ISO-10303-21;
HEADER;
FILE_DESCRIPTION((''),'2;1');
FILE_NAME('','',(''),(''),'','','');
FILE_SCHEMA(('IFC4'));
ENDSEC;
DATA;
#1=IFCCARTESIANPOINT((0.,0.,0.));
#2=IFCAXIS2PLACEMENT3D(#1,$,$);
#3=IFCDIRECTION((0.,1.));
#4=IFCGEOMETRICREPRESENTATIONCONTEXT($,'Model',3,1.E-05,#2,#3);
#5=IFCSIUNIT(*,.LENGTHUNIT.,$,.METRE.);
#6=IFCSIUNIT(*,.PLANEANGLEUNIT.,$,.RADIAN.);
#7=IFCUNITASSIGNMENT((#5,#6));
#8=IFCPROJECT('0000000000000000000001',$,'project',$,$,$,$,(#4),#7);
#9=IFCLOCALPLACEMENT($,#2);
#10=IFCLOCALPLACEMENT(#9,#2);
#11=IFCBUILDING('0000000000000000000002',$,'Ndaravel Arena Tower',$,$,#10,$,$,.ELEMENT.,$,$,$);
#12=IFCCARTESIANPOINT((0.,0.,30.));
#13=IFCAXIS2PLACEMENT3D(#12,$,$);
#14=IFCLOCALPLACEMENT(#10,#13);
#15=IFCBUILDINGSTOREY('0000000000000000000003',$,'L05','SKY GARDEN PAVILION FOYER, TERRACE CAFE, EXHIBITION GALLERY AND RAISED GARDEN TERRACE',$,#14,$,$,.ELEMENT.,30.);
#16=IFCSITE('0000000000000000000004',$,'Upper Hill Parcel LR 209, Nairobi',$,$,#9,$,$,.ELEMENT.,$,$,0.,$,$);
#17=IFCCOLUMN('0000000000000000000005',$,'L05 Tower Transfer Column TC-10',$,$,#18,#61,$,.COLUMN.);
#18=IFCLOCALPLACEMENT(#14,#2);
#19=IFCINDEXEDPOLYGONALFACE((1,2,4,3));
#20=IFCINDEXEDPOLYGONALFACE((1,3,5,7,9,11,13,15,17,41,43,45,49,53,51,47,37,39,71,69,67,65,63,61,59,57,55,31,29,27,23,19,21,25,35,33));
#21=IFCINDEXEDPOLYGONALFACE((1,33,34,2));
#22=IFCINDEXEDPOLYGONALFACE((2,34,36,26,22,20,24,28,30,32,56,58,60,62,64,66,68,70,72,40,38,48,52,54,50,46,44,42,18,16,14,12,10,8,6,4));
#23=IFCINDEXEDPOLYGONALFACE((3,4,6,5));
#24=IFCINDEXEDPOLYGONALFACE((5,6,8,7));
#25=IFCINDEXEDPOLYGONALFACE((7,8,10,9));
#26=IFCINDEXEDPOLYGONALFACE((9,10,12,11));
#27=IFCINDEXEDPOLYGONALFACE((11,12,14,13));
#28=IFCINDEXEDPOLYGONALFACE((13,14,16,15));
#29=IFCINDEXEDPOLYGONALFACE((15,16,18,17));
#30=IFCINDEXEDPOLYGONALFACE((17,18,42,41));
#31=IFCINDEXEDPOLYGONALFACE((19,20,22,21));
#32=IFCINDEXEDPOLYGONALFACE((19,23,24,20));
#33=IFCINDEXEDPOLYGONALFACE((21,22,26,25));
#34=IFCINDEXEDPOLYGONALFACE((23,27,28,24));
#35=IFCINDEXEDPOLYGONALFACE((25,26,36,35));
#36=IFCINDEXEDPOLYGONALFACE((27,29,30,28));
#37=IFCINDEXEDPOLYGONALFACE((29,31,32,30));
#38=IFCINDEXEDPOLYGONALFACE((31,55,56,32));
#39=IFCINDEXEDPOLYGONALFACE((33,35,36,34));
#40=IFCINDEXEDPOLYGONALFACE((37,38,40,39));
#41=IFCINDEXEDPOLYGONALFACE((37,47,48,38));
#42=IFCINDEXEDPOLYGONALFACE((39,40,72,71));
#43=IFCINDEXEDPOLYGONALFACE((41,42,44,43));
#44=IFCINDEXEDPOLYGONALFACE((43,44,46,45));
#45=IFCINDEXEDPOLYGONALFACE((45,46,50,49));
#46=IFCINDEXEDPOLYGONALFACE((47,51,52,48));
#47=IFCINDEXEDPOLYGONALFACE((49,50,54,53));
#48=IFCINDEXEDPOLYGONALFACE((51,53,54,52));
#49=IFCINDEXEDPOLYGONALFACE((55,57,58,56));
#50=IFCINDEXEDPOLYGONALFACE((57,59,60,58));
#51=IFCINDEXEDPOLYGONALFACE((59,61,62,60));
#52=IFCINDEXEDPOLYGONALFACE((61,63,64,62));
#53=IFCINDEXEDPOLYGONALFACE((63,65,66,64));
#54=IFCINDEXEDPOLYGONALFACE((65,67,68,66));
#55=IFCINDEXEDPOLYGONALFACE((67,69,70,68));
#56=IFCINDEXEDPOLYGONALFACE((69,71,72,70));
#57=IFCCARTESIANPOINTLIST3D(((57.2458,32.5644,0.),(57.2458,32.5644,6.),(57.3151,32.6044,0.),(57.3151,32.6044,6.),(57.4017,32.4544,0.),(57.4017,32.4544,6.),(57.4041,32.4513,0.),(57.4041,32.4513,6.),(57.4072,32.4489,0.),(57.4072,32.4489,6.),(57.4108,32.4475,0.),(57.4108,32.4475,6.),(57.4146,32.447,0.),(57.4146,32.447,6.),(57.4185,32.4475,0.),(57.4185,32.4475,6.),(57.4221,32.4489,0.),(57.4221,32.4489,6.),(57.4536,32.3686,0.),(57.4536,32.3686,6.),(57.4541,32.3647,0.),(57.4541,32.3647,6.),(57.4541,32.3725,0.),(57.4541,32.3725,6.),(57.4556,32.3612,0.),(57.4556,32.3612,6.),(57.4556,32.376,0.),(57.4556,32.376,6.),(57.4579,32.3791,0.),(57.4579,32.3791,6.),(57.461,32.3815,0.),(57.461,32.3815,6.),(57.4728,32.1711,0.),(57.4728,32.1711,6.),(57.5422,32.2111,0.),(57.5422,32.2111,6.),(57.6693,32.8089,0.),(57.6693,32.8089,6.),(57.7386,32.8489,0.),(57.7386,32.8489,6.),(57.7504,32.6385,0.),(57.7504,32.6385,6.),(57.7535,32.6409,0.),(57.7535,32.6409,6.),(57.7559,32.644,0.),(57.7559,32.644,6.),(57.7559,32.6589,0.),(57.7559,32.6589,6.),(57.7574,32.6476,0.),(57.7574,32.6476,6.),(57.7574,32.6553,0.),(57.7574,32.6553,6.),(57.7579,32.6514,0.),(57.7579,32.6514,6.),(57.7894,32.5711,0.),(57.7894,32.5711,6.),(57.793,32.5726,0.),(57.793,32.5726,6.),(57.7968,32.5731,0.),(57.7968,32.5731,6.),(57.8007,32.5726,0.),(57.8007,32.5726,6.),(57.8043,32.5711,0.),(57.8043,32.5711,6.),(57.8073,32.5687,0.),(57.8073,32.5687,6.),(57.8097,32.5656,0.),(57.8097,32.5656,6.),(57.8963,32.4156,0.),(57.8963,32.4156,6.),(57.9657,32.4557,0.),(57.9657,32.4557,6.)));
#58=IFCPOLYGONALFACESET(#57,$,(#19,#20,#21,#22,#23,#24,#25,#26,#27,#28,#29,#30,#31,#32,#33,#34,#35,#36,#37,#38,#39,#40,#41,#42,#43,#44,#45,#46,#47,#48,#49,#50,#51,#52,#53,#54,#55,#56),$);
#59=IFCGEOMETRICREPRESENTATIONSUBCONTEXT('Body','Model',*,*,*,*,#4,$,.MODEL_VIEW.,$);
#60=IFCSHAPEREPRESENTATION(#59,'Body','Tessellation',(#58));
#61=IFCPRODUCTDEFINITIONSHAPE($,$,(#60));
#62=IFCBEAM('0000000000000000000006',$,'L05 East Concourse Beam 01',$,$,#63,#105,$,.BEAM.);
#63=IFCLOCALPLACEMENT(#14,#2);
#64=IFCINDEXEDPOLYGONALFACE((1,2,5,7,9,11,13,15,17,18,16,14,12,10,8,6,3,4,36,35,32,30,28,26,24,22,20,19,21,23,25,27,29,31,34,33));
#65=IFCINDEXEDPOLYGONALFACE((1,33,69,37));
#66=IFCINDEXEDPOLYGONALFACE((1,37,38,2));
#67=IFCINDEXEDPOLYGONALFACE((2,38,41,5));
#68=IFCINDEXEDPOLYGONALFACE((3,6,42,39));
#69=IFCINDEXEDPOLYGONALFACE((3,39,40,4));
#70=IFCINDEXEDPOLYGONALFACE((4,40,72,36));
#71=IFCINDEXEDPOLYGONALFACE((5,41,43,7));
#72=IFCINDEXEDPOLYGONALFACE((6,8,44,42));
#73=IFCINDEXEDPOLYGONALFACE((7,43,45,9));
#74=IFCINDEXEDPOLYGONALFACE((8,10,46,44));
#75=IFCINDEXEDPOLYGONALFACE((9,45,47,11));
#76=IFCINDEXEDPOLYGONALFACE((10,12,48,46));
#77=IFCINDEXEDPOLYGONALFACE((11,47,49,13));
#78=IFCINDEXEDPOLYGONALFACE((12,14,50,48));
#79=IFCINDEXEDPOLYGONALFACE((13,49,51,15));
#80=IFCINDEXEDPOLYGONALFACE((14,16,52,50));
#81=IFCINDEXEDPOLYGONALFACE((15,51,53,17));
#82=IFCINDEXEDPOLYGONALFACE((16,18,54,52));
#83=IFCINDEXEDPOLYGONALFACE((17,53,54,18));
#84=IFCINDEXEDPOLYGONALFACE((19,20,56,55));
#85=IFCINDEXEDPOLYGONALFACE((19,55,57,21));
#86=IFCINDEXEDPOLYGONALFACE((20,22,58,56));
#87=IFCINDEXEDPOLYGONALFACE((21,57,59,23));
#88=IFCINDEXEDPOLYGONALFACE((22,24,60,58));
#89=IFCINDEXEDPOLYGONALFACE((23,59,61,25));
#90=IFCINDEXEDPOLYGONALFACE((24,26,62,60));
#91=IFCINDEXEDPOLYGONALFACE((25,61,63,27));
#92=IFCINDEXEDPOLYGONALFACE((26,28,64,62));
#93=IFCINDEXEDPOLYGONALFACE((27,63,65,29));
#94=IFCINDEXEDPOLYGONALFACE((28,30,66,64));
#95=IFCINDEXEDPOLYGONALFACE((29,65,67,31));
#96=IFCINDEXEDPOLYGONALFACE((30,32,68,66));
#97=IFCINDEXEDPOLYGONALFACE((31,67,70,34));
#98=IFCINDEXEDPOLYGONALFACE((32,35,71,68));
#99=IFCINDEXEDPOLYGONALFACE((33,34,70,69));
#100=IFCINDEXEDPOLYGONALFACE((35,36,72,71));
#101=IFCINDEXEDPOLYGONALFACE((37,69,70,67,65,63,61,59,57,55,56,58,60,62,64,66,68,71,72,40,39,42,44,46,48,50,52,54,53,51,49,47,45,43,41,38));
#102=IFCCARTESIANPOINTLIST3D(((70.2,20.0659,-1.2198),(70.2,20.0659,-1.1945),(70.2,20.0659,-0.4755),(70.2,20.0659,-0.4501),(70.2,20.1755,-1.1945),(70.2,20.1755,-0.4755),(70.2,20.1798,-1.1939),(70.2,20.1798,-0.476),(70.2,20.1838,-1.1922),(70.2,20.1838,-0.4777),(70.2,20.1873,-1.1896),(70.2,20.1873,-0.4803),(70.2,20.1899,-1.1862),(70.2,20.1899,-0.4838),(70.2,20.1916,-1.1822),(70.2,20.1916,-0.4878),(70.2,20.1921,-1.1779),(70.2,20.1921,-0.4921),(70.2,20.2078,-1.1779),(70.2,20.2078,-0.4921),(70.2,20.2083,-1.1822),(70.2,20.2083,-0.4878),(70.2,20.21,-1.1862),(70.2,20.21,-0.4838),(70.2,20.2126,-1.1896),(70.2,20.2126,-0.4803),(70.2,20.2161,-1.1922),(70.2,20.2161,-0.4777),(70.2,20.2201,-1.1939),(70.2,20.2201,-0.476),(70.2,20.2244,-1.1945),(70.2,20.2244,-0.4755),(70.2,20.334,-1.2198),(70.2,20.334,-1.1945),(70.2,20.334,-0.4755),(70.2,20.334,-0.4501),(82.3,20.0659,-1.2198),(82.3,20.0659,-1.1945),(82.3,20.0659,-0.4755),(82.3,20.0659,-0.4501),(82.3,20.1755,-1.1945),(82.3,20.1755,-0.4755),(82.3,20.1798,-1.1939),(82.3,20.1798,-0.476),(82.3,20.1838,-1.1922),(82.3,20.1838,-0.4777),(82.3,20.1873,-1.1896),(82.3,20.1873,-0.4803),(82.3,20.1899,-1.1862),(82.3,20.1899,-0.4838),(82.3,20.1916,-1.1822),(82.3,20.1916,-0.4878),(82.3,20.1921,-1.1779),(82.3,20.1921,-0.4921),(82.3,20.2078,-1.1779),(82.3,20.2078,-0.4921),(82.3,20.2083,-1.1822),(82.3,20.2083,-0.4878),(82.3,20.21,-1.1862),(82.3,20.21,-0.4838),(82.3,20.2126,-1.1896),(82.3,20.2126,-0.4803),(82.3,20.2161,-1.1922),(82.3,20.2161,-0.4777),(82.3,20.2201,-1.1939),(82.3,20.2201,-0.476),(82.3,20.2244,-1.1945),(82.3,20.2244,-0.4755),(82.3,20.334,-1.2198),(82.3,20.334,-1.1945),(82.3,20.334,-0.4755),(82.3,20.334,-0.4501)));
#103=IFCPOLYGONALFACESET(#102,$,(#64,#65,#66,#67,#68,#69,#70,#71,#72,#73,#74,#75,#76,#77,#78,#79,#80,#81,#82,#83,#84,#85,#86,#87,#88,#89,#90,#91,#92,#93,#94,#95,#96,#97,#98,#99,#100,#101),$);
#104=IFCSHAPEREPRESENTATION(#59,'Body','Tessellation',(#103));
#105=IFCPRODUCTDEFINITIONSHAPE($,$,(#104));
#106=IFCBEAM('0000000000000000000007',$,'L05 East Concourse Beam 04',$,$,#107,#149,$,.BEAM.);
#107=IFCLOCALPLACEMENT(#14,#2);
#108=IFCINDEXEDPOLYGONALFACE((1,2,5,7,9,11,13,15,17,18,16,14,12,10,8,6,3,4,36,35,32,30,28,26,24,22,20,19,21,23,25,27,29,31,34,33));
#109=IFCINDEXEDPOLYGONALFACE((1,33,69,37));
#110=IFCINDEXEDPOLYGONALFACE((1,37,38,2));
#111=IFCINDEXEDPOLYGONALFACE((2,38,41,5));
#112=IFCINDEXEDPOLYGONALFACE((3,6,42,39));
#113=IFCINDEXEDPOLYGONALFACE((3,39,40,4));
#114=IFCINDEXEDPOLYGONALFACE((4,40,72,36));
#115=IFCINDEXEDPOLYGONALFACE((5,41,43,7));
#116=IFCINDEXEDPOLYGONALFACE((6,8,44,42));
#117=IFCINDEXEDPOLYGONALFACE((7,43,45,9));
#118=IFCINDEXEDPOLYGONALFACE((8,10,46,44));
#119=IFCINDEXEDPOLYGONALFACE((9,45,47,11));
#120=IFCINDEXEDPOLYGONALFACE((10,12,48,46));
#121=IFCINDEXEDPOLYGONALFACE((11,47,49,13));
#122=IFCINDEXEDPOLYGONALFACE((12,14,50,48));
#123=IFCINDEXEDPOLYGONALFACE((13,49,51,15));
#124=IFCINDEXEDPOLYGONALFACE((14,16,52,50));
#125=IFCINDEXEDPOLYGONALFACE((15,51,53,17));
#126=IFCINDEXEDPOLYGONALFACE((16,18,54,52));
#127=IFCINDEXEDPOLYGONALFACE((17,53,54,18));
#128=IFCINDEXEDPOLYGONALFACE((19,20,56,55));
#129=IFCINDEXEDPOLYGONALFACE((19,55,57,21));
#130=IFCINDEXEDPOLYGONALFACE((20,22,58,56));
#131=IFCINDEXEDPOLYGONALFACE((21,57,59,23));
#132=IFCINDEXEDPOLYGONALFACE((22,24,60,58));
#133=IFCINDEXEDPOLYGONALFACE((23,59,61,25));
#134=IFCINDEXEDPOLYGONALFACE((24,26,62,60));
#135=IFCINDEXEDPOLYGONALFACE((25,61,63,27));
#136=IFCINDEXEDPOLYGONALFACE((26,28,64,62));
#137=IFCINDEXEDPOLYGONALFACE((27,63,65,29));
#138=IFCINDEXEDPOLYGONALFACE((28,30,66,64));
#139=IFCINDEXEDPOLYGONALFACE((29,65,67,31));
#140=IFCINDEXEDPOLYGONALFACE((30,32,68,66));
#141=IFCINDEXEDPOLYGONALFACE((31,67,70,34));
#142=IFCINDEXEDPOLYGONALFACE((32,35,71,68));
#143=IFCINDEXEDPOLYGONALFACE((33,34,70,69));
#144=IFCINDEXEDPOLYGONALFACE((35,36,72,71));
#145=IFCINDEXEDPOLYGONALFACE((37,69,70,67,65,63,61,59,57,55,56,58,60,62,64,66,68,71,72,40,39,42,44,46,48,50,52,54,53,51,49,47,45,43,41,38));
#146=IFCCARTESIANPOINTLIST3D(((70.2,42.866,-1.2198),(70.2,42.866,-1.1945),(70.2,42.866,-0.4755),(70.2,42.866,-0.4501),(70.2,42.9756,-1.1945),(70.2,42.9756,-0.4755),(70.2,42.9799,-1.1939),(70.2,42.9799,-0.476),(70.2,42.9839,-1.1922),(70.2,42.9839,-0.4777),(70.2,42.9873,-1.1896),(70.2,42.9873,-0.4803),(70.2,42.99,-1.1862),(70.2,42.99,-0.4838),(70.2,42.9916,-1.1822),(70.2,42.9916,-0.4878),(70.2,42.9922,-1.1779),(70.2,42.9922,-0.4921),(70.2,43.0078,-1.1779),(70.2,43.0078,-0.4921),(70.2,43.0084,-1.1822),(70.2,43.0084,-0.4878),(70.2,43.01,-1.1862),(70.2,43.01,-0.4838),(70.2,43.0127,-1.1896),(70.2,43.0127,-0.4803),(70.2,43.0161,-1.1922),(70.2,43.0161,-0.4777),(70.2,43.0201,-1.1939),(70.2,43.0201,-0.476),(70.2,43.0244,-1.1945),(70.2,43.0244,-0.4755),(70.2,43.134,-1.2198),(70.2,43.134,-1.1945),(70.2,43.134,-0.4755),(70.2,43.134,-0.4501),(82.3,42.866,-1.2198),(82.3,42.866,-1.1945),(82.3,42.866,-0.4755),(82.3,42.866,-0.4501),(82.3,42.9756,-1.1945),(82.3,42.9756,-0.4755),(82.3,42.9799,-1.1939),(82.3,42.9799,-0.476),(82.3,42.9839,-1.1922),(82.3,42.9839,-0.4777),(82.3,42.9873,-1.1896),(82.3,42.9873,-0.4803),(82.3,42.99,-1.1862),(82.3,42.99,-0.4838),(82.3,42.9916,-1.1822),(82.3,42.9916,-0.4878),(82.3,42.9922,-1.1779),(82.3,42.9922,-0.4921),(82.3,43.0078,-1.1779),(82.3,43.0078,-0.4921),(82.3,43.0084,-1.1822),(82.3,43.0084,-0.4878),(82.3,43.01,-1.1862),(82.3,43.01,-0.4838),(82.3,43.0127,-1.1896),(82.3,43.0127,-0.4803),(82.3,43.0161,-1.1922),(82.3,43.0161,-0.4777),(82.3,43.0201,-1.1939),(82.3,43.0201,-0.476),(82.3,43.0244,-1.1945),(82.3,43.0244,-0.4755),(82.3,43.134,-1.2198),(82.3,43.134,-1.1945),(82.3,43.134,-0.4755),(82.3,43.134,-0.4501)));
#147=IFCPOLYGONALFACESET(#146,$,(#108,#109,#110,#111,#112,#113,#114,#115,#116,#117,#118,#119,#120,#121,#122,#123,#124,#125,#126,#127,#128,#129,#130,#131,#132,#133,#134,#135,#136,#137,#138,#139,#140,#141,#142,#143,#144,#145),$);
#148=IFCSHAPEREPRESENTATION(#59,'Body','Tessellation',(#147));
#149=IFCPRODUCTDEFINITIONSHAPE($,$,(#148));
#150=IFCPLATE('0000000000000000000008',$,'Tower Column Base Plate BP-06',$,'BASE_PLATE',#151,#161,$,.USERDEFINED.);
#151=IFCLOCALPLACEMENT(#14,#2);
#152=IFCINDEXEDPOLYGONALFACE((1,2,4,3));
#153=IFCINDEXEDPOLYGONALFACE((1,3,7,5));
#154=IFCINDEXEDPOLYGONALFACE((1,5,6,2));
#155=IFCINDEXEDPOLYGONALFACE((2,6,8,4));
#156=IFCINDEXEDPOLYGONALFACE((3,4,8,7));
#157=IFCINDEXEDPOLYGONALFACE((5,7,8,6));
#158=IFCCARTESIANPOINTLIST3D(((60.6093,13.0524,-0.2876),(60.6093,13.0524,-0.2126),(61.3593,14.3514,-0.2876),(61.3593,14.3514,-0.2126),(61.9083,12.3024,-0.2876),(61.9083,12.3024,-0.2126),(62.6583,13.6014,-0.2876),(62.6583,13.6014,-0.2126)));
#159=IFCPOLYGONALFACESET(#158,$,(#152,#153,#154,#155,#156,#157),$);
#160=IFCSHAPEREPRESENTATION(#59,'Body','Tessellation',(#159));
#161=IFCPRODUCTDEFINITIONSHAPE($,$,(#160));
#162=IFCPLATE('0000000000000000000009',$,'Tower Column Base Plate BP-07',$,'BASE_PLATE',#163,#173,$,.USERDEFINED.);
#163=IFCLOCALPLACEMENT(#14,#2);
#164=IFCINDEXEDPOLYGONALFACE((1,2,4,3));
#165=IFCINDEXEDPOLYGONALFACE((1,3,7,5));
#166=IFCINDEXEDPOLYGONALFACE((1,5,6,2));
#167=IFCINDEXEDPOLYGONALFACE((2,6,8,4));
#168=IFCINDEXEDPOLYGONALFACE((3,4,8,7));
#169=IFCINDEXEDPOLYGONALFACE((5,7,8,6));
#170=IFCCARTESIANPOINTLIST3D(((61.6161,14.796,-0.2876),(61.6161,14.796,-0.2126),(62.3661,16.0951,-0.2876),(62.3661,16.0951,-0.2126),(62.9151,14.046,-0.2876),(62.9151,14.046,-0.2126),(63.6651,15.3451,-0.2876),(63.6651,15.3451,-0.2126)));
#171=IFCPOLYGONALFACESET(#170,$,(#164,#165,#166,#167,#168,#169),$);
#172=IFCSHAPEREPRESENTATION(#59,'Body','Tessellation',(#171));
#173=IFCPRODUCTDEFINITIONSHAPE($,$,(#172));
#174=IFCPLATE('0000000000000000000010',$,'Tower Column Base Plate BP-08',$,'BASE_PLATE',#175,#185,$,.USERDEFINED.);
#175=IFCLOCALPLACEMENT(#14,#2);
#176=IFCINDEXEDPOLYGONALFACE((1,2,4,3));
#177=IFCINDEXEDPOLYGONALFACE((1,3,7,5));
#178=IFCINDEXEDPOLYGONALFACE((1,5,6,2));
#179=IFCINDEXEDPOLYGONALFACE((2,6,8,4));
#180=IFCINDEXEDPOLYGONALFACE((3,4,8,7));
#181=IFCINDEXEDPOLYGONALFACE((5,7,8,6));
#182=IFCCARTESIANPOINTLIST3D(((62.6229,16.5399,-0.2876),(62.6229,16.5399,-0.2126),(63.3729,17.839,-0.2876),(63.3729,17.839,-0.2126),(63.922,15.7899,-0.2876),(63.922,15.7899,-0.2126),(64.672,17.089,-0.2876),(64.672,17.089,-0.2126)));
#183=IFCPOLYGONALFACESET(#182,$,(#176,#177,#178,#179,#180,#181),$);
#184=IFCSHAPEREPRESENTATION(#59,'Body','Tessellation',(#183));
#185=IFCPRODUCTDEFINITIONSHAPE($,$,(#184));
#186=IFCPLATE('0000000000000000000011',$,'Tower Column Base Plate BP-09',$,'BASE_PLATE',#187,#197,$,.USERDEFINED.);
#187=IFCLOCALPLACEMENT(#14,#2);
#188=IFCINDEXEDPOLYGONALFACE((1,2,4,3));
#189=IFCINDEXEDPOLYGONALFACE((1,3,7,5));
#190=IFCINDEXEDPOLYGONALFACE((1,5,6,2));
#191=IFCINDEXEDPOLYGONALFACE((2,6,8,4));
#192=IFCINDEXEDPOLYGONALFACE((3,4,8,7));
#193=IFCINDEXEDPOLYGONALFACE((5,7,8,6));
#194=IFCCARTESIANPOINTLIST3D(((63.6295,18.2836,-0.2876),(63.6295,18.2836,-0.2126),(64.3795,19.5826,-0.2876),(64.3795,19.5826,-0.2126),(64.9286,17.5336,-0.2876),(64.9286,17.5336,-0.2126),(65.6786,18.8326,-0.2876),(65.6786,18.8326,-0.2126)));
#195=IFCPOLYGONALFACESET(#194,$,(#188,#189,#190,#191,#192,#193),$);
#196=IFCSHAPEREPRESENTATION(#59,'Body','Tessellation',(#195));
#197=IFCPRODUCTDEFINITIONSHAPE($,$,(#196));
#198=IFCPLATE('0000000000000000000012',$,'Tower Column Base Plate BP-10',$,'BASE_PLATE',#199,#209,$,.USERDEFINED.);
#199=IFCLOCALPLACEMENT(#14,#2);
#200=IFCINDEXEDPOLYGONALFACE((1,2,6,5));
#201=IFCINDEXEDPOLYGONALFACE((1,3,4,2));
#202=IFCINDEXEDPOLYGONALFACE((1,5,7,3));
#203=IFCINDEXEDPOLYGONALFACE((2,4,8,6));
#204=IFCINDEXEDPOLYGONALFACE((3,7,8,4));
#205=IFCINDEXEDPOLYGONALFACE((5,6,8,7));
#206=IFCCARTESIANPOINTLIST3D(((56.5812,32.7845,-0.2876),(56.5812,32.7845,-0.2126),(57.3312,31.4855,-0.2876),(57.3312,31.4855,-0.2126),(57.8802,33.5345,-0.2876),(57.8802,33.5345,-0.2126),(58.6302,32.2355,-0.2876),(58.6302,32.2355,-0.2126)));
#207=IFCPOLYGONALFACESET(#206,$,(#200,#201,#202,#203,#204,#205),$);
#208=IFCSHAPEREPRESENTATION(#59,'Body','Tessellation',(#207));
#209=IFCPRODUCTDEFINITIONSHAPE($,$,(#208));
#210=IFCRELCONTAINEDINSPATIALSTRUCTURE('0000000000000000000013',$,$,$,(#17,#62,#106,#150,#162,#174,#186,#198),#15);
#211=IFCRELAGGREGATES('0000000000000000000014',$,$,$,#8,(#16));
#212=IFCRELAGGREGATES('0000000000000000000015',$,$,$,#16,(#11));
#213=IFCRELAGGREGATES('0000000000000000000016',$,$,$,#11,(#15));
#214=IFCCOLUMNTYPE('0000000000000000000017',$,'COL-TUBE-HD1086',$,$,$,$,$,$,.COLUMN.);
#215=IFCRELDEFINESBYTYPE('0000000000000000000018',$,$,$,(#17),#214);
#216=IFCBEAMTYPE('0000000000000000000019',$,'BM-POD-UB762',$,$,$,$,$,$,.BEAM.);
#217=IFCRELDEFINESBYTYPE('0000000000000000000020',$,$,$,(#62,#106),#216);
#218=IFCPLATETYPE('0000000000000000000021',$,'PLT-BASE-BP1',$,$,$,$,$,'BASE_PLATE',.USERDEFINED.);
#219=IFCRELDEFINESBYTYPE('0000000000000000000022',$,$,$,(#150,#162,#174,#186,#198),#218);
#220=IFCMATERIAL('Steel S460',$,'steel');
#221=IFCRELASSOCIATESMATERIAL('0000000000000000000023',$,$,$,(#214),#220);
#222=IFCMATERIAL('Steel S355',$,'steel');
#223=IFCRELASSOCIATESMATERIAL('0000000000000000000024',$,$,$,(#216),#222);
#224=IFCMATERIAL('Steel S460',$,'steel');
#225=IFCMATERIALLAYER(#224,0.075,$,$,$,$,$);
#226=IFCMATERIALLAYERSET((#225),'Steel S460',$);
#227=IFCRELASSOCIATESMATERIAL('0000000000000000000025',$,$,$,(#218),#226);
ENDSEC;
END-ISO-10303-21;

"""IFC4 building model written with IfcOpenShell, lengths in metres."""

from ifc_helpers import new_model, si_unit, direction, frame, origin, origin_2d, place, context, subcontext, project, spatial, rectangle, i_section, extrude, material, layer, layer_set, material_profile, profile_set, type_object, element, save


model = new_model("IFC4")

# Units and contexts
model_context = context("Model", 3, precision=1e-05, world=origin(), true_north=direction((0.0, 1.0)))
body_context = subcontext(model_context, "Body", "Model", "MODEL_VIEW")
ifc_project = project(units=[si_unit("LENGTHUNIT", "METRE"), si_unit("PLANEANGLEUNIT", "RADIAN")], contexts=[model_context])

# Site, building, storey
site_placement = place(None, origin())
site = spatial("IfcSite", under=ifc_project, at=site_placement, Name="Upper Hill Parcel LR 209, Nairobi", CompositionType="ELEMENT", RefElevation=0.0)
building_placement = place(site_placement, origin())
building = spatial("IfcBuilding", under=site, at=building_placement, Name="Ndaravel Arena Tower", CompositionType="ELEMENT")
storey_placement = place(building_placement, frame((0.0, 0.0, 30.0)))
storey = spatial("IfcBuildingStorey", under=building, at=storey_placement, Name="L05", Description="SKY GARDEN PAVILION FOYER, TERRACE CAFE, EXHIBITION GALLERY AND RAISED GARDEN TERRACE", CompositionType="ELEMENT", Elevation=30.0)

# Column
ifc_material_1 = material(Name="Steel S460", Category="steel")
ifc_material_profile_1 = material_profile(ifc_material_1, i_section(OverallWidth=0.4541, OverallDepth=0.5691, WebThickness=0.0779, FlangeThickness=0.0801, FilletRadius=0.0149, at=origin_2d()), Name="HD 400x1086")
ifc_profile_set_1 = profile_set([ifc_material_profile_1], Name="Steel S460")
column_type = type_object("IfcColumnType", Name="COL-TUBE-HD1086", PredefinedType="COLUMN", material=ifc_profile_set_1)
for number, where, z_axis, x_axis, name in (
    (1, (57.6057, 32.51, 0.0), (0.0, 0.0, 1.0), (-0.5, 0.866025, 0.0), "L05 Tower Transfer Column TC-10"),
):
    element("IfcColumn", number, at=place(storey_placement, frame(where, z_axis=z_axis, x_axis=x_axis)), inside=storey, type_object=column_type, Name=name, PredefinedType="COLUMN", context=body_context, shape_type="SweptSolid", body=[
        extrude(i_section(OverallWidth=0.4541, OverallDepth=0.5691, WebThickness=0.0779, FlangeThickness=0.0801, FilletRadius=0.0149, at=origin_2d()), origin(), (0.0, 0.0, 1.0), 6.0),
    ])

# Beams
ifc_material_2 = material(Name="Steel S355", Category="steel")
ifc_material_profile_2 = material_profile(ifc_material_2, i_section(OverallWidth=0.2681, OverallDepth=0.7698, WebThickness=0.0156, FlangeThickness=0.0254, FilletRadius=0.0166, at=origin_2d()), Name="UB 762x267x197")
ifc_profile_set_2 = profile_set([ifc_material_profile_2], Name="Steel S355")
beam_type = type_object("IfcBeamType", Name="BM-POD-UB762", PredefinedType="BEAM", material=ifc_profile_set_2)
for number, where, z_axis, x_axis, name in (
    (2, (70.2, 20.2, -0.835), (1.0, 0.0, 0.0), (0.0, 1.0, 0.0), "L05 East Concourse Beam 01"),
    (3, (70.2, 43.0, -0.835), (1.0, 0.0, 0.0), (0.0, 1.0, 0.0), "L05 East Concourse Beam 04"),
):
    element("IfcBeam", number, at=place(storey_placement, frame(where, z_axis=z_axis, x_axis=x_axis)), inside=storey, type_object=beam_type, Name=name, PredefinedType="BEAM", context=body_context, shape_type="SweptSolid", body=[
        extrude(i_section(OverallWidth=0.2681, OverallDepth=0.7698, WebThickness=0.0156, FlangeThickness=0.0254, FilletRadius=0.0166, at=origin_2d()), origin(), (0.0, 0.0, 1.0), 12.1001),
    ])

# Plates
ifc_material_3 = material(Name="Steel S460", Category="steel")
ifc_layer_1 = layer(ifc_material_3, 0.075)
ifc_layer_set_1 = layer_set([ifc_layer_1], Name="Steel S460")
plate_type = type_object("IfcPlateType", Name="PLT-BASE-BP1", ElementType="BASE_PLATE", PredefinedType="USERDEFINED", material=ifc_layer_set_1)
for number, where, z_axis, x_axis, name in (
    (4, (61.6338, 13.3269, -0.2876), (0.0, 0.0, 1.0), (0.5, 0.866025, 0.0), "Tower Column Base Plate BP-06"),
    (5, (62.6406, 15.0706, -0.2876), (0.0, 0.0, 1.0), (0.5, 0.866025, 0.0), "Tower Column Base Plate BP-07"),
    (6, (63.6475, 16.8145, -0.2876), (0.0, 0.0, 1.0), (0.5, 0.866025, 0.0), "Tower Column Base Plate BP-08"),
    (7, (64.6541, 18.5581, -0.2876), (0.0, 0.0, 1.0), (0.5, 0.866025, 0.0), "Tower Column Base Plate BP-09"),
    (8, (57.6057, 32.51, -0.2876), (0.0, 0.0, 1.0), (-0.5, 0.866025, 0.0), "Tower Column Base Plate BP-10"),
):
    element("IfcPlate", number, at=place(storey_placement, frame(where, z_axis=z_axis, x_axis=x_axis)), inside=storey, type_object=plate_type, Name=name, ObjectType="BASE_PLATE", PredefinedType="USERDEFINED", context=body_context, shape_type="SweptSolid", body=[
        extrude(rectangle(XDim=1.5, YDim=1.5, at=origin_2d()), origin(), (0.0, 0.0, 1.0), 0.075),
    ])

save(model, "model.ifc")
